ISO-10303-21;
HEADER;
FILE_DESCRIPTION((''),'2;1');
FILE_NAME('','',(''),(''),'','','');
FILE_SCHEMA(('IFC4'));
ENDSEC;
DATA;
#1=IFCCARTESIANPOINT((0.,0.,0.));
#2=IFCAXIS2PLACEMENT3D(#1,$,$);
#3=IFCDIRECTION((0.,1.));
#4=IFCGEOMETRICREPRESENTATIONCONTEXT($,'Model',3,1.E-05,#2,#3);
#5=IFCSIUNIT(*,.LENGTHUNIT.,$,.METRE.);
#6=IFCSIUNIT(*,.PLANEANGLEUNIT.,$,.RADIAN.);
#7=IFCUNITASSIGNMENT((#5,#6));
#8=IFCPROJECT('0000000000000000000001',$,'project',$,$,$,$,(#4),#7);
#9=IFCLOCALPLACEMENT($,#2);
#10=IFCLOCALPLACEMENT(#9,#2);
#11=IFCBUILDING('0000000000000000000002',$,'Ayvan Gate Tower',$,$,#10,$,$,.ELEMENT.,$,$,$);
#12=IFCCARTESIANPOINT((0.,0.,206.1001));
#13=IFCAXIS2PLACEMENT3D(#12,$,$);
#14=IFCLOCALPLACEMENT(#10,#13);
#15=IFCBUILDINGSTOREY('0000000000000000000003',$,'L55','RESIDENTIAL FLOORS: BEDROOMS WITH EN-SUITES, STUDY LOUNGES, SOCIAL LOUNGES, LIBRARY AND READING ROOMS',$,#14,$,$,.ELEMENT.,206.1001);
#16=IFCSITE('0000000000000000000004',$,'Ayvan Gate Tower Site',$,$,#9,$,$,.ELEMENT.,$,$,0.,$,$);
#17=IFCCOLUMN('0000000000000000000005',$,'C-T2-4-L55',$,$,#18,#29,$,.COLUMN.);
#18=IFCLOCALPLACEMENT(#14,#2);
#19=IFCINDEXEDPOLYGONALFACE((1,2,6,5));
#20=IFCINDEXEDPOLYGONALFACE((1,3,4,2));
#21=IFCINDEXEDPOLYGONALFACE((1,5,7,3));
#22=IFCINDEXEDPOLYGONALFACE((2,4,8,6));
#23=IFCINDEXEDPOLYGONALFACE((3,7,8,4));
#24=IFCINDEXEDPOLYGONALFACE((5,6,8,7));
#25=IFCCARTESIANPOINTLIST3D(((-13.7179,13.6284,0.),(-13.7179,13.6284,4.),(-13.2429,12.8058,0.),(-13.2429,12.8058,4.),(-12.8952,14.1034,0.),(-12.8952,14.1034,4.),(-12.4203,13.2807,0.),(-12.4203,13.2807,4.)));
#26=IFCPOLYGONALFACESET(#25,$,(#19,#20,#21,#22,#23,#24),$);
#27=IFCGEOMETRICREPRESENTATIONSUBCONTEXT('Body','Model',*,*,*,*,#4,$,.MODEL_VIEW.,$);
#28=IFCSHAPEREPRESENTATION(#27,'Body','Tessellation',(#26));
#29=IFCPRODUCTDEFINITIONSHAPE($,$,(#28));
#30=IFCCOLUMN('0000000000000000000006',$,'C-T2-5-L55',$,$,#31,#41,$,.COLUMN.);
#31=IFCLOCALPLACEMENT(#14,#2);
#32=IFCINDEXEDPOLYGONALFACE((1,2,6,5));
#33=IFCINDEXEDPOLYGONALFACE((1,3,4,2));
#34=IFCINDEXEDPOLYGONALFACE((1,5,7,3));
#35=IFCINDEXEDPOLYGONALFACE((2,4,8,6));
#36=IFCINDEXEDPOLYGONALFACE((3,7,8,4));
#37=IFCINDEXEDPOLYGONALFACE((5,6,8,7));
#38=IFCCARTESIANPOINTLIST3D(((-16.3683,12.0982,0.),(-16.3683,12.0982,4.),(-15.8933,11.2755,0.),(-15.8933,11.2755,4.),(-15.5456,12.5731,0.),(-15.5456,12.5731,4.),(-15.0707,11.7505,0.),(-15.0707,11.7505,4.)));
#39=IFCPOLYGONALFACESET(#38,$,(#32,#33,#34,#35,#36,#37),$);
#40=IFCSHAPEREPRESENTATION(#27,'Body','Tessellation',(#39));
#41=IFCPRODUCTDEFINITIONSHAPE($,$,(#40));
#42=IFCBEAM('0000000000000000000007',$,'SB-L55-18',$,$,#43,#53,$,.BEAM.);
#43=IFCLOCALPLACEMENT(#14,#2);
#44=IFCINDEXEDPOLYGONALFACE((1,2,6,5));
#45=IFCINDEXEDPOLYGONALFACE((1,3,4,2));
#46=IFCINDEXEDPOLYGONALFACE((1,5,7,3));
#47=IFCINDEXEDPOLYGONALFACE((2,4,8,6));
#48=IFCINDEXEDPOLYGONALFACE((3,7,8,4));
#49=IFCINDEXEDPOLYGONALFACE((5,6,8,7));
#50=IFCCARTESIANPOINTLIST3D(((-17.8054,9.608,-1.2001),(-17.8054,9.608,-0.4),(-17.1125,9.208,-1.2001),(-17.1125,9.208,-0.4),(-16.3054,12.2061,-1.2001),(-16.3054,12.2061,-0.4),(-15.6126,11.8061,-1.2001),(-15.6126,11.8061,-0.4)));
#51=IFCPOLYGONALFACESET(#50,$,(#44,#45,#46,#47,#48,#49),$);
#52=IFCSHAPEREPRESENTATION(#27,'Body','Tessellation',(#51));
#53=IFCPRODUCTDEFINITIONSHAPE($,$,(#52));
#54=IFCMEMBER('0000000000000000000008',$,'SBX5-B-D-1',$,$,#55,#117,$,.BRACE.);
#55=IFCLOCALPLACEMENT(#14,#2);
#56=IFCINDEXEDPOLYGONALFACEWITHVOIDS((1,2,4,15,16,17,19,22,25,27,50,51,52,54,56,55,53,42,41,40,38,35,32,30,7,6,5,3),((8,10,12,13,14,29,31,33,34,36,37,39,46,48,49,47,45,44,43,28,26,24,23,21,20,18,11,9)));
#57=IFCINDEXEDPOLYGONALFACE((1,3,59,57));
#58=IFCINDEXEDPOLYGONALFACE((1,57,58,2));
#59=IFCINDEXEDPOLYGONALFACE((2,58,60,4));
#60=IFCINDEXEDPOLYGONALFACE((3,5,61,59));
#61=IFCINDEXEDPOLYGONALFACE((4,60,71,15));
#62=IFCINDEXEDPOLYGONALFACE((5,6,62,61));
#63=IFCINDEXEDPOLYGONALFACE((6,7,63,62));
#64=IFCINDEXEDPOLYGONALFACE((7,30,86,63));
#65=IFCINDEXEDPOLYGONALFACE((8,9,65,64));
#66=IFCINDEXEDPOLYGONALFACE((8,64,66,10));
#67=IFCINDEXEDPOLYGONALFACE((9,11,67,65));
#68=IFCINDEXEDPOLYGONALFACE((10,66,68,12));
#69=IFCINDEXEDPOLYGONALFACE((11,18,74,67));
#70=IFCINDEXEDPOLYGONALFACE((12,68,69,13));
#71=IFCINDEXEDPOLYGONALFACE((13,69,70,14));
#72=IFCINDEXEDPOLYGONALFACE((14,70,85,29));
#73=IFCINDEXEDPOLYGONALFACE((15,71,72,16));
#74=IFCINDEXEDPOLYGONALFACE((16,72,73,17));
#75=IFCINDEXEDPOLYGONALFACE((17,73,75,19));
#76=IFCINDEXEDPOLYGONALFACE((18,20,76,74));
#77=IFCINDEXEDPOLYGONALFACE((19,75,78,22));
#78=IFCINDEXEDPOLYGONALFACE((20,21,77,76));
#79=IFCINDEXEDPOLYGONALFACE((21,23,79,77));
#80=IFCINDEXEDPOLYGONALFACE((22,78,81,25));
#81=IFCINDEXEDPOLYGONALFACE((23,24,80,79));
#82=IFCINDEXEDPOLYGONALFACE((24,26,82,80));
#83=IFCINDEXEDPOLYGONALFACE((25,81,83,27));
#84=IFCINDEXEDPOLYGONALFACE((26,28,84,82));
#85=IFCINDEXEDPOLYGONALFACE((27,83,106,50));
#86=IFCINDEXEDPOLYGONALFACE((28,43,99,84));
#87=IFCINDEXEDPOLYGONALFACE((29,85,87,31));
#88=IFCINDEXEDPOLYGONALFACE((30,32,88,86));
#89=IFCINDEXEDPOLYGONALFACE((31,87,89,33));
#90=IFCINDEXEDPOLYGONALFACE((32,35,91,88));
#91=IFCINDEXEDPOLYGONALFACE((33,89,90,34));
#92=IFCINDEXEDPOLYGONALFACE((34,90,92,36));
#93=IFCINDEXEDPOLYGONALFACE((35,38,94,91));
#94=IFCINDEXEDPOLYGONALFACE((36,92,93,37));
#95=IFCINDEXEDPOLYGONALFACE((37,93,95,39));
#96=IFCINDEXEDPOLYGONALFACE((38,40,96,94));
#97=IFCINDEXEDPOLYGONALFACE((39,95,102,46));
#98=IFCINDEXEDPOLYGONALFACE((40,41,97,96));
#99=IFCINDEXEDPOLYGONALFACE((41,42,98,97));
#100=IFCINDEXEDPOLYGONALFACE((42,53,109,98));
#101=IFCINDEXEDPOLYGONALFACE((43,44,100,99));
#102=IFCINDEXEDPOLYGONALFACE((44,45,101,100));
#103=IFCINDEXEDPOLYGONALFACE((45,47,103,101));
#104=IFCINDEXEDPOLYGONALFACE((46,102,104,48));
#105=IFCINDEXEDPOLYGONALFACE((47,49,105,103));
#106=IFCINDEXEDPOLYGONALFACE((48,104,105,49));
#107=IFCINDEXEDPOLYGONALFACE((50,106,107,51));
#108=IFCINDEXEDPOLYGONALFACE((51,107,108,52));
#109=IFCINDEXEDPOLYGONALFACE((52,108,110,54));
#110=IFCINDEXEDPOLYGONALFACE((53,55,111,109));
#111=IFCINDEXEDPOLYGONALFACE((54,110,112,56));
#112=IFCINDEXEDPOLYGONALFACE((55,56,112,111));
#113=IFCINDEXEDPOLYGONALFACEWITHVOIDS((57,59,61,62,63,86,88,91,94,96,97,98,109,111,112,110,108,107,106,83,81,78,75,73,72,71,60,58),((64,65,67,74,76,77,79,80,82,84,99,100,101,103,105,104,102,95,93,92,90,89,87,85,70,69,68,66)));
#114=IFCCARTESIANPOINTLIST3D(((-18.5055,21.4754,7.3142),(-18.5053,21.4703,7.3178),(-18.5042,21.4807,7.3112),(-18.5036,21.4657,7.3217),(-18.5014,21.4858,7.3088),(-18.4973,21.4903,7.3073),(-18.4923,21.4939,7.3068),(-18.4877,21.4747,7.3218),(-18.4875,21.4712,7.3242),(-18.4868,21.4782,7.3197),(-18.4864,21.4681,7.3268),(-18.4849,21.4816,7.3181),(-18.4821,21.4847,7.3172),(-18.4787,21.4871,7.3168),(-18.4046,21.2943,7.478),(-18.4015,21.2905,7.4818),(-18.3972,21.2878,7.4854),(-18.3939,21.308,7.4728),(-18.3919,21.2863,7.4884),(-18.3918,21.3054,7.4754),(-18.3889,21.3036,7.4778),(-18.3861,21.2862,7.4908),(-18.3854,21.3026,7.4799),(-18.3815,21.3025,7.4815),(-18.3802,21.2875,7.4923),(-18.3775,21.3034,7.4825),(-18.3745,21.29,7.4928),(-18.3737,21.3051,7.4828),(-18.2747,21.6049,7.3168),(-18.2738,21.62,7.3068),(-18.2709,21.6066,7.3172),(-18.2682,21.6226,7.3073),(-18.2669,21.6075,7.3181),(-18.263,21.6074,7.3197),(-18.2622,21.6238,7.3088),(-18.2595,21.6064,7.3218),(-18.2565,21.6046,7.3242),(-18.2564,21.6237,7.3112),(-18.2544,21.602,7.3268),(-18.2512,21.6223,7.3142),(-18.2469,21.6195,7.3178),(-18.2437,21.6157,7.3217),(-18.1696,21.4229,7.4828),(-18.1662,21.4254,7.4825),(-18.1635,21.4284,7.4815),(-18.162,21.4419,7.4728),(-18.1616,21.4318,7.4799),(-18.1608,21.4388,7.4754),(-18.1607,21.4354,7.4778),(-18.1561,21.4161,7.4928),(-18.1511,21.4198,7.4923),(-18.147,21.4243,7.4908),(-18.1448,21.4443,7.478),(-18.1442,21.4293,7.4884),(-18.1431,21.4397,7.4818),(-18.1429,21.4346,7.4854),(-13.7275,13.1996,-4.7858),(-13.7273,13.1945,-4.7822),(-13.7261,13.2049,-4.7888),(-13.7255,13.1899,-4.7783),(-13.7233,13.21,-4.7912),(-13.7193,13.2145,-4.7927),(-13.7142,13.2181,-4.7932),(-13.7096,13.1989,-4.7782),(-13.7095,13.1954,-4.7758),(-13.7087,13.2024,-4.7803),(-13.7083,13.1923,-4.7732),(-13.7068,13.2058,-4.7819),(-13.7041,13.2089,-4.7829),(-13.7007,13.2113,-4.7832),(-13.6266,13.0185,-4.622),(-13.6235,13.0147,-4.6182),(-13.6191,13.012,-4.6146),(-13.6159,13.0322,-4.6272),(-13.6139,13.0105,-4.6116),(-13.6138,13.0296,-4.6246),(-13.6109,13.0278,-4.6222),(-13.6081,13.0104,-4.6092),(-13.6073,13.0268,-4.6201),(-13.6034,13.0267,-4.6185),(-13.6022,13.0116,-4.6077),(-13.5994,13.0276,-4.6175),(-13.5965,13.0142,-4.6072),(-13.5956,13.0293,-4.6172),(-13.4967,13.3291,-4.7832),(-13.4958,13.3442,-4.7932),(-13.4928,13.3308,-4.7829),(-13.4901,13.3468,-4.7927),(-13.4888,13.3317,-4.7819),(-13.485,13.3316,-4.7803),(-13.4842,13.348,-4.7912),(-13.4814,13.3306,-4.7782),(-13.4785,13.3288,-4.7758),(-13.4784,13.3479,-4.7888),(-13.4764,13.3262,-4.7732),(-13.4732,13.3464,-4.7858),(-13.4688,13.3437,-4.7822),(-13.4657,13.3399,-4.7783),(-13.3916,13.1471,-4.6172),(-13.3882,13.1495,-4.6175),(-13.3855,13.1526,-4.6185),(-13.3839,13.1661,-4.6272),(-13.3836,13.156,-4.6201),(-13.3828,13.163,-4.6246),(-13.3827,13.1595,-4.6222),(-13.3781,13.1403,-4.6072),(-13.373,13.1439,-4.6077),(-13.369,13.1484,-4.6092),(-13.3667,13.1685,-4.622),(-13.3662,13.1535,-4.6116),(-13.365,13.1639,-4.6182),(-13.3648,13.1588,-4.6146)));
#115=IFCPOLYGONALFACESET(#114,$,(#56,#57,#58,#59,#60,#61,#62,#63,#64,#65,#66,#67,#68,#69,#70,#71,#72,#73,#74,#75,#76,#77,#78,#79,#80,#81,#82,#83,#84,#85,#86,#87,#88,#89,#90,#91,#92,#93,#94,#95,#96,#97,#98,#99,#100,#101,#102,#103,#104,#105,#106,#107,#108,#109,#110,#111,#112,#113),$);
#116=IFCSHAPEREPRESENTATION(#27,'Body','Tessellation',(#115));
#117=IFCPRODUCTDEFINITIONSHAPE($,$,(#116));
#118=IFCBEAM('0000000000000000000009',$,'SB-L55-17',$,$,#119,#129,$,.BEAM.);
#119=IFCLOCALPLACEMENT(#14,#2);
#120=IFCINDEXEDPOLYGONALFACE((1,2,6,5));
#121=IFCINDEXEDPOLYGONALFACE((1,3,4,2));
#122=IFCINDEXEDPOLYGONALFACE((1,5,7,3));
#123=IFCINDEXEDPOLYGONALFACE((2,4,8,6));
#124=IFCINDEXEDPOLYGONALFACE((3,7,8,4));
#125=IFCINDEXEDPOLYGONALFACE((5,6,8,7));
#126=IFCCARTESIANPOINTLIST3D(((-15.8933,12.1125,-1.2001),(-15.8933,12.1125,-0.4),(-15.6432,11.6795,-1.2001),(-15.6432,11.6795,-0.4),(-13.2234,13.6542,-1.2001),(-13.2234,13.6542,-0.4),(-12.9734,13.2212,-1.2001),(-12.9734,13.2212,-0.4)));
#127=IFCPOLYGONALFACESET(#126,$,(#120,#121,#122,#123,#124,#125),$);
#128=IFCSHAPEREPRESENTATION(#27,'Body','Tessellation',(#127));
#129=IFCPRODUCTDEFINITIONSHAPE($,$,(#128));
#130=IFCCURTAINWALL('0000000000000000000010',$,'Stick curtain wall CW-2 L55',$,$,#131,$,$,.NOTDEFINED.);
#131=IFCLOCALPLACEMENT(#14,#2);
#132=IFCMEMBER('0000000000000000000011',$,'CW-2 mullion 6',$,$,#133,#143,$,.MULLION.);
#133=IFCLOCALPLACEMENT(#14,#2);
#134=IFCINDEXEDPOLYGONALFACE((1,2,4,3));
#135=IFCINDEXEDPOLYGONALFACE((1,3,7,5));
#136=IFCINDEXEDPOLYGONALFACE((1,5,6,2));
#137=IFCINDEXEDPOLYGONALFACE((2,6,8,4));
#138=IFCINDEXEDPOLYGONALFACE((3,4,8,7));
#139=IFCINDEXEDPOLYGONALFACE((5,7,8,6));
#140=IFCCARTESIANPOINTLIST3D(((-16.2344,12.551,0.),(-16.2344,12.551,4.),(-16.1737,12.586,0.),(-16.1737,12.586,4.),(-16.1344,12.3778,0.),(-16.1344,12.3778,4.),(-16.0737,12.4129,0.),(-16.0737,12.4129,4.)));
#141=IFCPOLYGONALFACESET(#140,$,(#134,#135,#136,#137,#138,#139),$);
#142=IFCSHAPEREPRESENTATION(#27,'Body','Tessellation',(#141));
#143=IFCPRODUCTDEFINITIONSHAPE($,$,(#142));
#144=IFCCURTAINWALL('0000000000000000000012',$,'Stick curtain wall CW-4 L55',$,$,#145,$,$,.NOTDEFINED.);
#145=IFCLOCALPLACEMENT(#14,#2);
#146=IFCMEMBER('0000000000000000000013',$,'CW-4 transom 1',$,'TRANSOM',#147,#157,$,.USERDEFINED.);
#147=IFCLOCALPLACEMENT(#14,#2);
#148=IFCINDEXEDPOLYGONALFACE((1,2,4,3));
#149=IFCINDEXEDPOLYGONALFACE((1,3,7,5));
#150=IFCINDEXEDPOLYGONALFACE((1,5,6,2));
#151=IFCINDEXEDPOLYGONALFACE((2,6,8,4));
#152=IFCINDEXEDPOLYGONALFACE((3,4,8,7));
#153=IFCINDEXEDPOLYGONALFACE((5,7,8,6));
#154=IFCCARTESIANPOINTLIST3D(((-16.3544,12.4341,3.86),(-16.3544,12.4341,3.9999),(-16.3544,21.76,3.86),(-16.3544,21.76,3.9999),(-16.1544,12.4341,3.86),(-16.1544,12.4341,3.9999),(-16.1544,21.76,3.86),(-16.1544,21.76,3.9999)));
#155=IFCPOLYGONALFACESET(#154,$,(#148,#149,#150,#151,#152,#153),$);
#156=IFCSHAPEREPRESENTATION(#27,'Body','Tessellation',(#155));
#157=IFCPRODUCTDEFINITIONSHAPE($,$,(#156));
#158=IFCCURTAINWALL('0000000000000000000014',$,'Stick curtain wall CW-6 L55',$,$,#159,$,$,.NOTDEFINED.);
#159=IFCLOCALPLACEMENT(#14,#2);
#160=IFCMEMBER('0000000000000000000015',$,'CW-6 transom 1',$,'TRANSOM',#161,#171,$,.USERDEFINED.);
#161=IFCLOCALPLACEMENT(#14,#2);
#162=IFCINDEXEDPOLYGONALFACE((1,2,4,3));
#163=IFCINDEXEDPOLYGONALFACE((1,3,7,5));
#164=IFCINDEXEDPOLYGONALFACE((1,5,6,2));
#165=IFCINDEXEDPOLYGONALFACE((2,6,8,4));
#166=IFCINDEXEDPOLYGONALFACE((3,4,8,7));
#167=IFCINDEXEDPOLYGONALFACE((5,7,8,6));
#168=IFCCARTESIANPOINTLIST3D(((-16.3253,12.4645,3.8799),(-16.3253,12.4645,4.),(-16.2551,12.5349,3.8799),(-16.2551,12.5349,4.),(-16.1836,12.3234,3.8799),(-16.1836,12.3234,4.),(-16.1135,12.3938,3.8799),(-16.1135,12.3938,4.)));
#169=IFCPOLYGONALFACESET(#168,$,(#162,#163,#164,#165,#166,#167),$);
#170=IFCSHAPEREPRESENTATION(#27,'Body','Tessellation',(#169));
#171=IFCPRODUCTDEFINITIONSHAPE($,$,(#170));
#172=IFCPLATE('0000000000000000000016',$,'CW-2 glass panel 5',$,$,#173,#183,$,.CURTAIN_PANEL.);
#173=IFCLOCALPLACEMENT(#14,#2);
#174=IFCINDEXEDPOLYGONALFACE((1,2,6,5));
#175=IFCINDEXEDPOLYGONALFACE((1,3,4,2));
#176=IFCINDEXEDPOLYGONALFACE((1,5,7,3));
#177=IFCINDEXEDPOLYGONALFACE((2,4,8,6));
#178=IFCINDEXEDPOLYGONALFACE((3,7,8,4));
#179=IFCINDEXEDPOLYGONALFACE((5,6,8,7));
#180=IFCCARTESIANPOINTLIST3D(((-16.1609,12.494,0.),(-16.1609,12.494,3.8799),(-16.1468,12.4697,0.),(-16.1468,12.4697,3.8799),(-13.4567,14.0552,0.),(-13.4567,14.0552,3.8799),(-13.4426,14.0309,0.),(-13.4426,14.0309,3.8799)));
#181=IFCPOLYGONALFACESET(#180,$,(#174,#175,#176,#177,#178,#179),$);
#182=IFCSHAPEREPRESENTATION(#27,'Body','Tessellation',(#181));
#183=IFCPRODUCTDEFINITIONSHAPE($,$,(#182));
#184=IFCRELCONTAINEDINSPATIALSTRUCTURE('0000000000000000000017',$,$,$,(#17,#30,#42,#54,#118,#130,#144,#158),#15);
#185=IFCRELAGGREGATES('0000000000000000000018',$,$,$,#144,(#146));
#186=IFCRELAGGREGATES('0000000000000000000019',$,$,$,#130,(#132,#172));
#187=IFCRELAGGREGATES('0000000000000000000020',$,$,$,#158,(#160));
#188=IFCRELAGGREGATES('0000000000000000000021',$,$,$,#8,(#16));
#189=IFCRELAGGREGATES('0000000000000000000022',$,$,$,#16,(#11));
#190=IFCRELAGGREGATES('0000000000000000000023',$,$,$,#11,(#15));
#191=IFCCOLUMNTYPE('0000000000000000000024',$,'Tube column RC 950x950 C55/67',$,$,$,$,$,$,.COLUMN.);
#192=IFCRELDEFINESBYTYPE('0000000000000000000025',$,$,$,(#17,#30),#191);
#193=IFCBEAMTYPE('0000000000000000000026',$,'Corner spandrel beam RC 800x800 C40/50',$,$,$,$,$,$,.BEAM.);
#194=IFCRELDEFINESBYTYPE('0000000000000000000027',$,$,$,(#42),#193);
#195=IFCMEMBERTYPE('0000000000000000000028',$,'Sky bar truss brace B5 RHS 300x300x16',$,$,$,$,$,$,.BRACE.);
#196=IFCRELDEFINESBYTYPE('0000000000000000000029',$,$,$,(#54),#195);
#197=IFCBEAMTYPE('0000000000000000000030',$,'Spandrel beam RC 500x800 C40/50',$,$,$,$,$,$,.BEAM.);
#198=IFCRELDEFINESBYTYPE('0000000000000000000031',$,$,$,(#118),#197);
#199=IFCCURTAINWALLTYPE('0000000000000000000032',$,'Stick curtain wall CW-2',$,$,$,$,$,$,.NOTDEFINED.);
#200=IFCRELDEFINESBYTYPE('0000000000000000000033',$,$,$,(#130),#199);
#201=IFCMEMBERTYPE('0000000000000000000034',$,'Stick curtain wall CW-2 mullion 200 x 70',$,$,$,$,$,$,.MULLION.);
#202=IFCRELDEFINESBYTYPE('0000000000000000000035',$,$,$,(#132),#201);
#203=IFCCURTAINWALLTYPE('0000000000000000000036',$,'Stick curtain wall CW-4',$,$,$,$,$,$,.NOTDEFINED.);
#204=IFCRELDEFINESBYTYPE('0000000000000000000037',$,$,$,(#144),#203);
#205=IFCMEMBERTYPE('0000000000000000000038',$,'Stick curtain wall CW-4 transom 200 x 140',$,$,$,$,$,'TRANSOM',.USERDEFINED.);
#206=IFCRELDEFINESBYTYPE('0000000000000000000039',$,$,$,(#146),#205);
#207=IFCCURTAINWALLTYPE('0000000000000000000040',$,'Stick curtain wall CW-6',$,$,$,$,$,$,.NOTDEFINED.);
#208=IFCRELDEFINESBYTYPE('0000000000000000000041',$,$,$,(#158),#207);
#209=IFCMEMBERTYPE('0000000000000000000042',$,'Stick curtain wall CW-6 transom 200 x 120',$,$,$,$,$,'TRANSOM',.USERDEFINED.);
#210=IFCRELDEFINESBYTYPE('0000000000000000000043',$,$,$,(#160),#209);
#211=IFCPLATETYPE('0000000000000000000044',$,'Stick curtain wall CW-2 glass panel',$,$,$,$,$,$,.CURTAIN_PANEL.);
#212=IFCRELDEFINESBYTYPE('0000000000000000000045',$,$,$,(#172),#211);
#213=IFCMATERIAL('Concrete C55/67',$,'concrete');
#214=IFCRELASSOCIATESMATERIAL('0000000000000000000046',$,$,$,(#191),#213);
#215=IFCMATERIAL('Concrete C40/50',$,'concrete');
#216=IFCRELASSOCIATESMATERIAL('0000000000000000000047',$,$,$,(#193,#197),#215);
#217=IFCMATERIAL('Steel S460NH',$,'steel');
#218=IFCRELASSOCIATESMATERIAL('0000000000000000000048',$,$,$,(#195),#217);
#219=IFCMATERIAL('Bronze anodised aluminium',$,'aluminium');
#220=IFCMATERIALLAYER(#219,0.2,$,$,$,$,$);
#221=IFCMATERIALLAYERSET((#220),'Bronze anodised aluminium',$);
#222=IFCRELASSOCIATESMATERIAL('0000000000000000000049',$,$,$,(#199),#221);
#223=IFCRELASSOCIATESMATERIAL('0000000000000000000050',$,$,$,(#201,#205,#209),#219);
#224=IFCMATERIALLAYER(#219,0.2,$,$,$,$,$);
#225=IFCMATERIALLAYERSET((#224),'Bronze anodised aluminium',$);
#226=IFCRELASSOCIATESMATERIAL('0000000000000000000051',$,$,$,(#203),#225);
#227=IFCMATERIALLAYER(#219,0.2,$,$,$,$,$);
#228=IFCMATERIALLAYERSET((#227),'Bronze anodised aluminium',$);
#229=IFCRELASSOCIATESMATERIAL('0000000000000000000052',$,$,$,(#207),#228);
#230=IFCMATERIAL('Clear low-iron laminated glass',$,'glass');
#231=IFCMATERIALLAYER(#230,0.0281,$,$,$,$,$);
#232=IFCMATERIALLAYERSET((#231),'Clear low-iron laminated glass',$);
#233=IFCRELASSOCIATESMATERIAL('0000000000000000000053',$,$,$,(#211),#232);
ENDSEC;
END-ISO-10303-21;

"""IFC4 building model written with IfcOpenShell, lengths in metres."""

from ifc_helpers import new_model, si_unit, direction, frame, origin, origin_2d, place, context, subcontext, project, spatial, rectangle, hollow_rectangle, extrude, material, layer, layer_set, material_profile, profile_set, type_object, element, aggregate, save


model = new_model("IFC4")

# Units and contexts
model_context = context("Model", 3, precision=1e-05, world=origin(), true_north=direction((0.0, 1.0)))
body_context = subcontext(model_context, "Body", "Model", "MODEL_VIEW")
ifc_project = project(units=[si_unit("LENGTHUNIT", "METRE"), si_unit("PLANEANGLEUNIT", "RADIAN")], contexts=[model_context])

# Site, building, storey
site_placement = place(None, origin())
site = spatial("IfcSite", under=ifc_project, at=site_placement, Name="Ayvan Gate Tower Site", CompositionType="ELEMENT", RefElevation=0.0)
building_placement = place(site_placement, origin())
building = spatial("IfcBuilding", under=site, at=building_placement, Name="Ayvan Gate Tower", CompositionType="ELEMENT")
storey_placement = place(building_placement, frame((0.0, 0.0, 206.1001)))
storey = spatial("IfcBuildingStorey", under=building, at=storey_placement, Name="L55", Description="RESIDENTIAL FLOORS: BEDROOMS WITH EN-SUITES, STUDY LOUNGES, SOCIAL LOUNGES, LIBRARY AND READING ROOMS", CompositionType="ELEMENT", Elevation=206.1001)

# Columns
ifc_material_1 = material(Name="Concrete C55/67", Category="concrete")
ifc_material_profile_1 = material_profile(ifc_material_1, rectangle(XDim=0.95, YDim=0.95, at=origin_2d()), Name="RC 950x950")
ifc_profile_set_1 = profile_set([ifc_material_profile_1], Name="Concrete C55/67")
column_type = type_object("IfcColumnType", Name="Tube column RC 950x950 C55/67", PredefinedType="COLUMN", material=ifc_profile_set_1)
for number, where, z_axis, x_axis, name in (
    (1, (-13.0691, 13.4546, 0.0), (0.0, 0.0, 1.0), (-0.5, 0.866025, 0.0), "C-T2-4-L55"),
    (2, (-15.7195, 11.9243, 0.0), (0.0, 0.0, 1.0), (-0.5, 0.866025, 0.0), "C-T2-5-L55"),
):
    element("IfcColumn", number, at=place(storey_placement, frame(where, z_axis=z_axis, x_axis=x_axis)), inside=storey, type_object=column_type, Name=name, PredefinedType="COLUMN", context=body_context, shape_type="SweptSolid", body=[
        extrude(rectangle(XDim=0.95, YDim=0.95, at=origin_2d()), origin(), (0.0, 0.0, 1.0), 4.0),
    ])

# Beam
ifc_material_2 = material(Name="Concrete C40/50", Category="concrete")
ifc_material_profile_2 = material_profile(ifc_material_2, rectangle(XDim=0.8, YDim=0.8, at=origin_2d()), Name="RC 800x800")
ifc_profile_set_2 = profile_set([ifc_material_profile_2], Name="Concrete C40/50")
beam_type_1 = type_object("IfcBeamType", Name="Corner spandrel beam RC 800x800 C40/50", PredefinedType="BEAM", material=ifc_profile_set_2)
beam_1_placement = place(storey_placement, frame((-15.959, 12.0061, -0.8), z_axis=(-0.49999, -0.866031, 0.0), x_axis=(0.866031, -0.49999, 0.0)))
element("IfcBeam", 3, at=beam_1_placement, inside=storey, type_object=beam_type_1, Name="SB-L55-18", PredefinedType="BEAM", context=body_context, shape_type="SweptSolid", body=[
    extrude(rectangle(XDim=0.8, YDim=0.8, at=origin_2d()), origin(), (0.0, 0.0, 1.0), 3.0),
])

# Member
ifc_material_3 = material(Name="Steel S460NH", Category="steel")
ifc_material_profile_3 = material_profile(ifc_material_3, hollow_rectangle(XDim=0.3, YDim=0.3, WallThickness=0.0161, InnerFilletRadius=0.0161, OuterFilletRadius=0.0239, at=origin_2d()), Name="RHS 300x300x16")
ifc_profile_set_3 = profile_set([ifc_material_profile_3], Name="Steel S460NH")
member_type_1 = type_object("IfcMemberType", Name="Sky bar truss brace B5 RHS 300x300x16", PredefinedType="BRACE", material=ifc_profile_set_3)
member_1_placement = place(storey_placement, frame((-13.5461, 13.1792, -4.7002), z_axis=(-0.309891, 0.536747, 0.784774), x_axis=(-0.866026, -0.5, 0.0)))
element("IfcMember", 4, at=member_1_placement, inside=storey, type_object=member_type_1, Name="SBX5-B-D-1", PredefinedType="BRACE", context=body_context, shape_type="SweptSolid", body=[
    extrude(hollow_rectangle(XDim=0.3, YDim=0.3, WallThickness=0.0161, InnerFilletRadius=0.0161, OuterFilletRadius=0.0239, at=origin_2d()), origin(), (0.0, 0.0, 1.0), 15.4185),
])

# Beam
ifc_material_profile_4 = material_profile(ifc_material_2, rectangle(XDim=0.5, YDim=0.8, at=origin_2d()), Name="RC 500x800")
ifc_profile_set_4 = profile_set([ifc_material_profile_4], Name="Concrete C40/50")
beam_type_2 = type_object("IfcBeamType", Name="Spandrel beam RC 500x800 C40/50", PredefinedType="BEAM", material=ifc_profile_set_4)
beam_2_placement = place(storey_placement, frame((-13.0984, 13.4377, -0.8), z_axis=(-0.865988, -0.500065, 0.0), x_axis=(0.500065, -0.865988, 0.0)))
element("IfcBeam", 5, at=beam_2_placement, inside=storey, type_object=beam_type_2, Name="SB-L55-17", PredefinedType="BEAM", context=body_context, shape_type="SweptSolid", body=[
    extrude(rectangle(XDim=0.5, YDim=0.8, at=origin_2d()), origin(), (0.0, 0.0, 1.0), 3.083),
])

# Curtain walls, members
ifc_material_4 = material(Name="Bronze anodised aluminium", Category="aluminium")
ifc_layer_1 = layer(ifc_material_4, 0.2)
ifc_layer_set_1 = layer_set([ifc_layer_1], Name="Bronze anodised aluminium")
curtain_wall_type_1 = type_object("IfcCurtainWallType", Name="Stick curtain wall CW-2", PredefinedType="NOTDEFINED", material=ifc_layer_set_1)
curtain_wall_1_placement = place(storey_placement, origin())
curtain_wall_1 = element("IfcCurtainWall", 6, at=curtain_wall_1_placement, inside=storey, type_object=curtain_wall_type_1, Name="Stick curtain wall CW-2 L55", PredefinedType="NOTDEFINED")
ifc_material_profile_5 = material_profile(ifc_material_4, rectangle(XDim=0.2, YDim=0.0701, at=origin_2d()), Name="Stick curtain wall CW-2 mullion 200 x 70")
ifc_profile_set_5 = profile_set([ifc_material_profile_5], Name="Bronze anodised aluminium")
member_type_2 = type_object("IfcMemberType", Name="Stick curtain wall CW-2 mullion 200 x 70", PredefinedType="MULLION", material=ifc_profile_set_5)
member_2_placement = place(storey_placement, frame((-16.1541, 12.4819, 0.0), z_axis=(0.0, 0.0, 1.0), x_axis=(-0.5, 0.866025, 0.0)))
member_2 = element("IfcMember", 7, at=member_2_placement, type_object=member_type_2, Name="CW-2 mullion 6", PredefinedType="MULLION", context=body_context, shape_type="SweptSolid", body=[
    extrude(rectangle(XDim=0.2, YDim=0.0701, at=origin_2d()), origin(), (0.0, 0.0, 1.0), 4.0),
])
ifc_layer_2 = layer(ifc_material_4, 0.2)
ifc_layer_set_2 = layer_set([ifc_layer_2], Name="Bronze anodised aluminium")
curtain_wall_type_2 = type_object("IfcCurtainWallType", Name="Stick curtain wall CW-4", PredefinedType="NOTDEFINED", material=ifc_layer_set_2)
curtain_wall_2_placement = place(storey_placement, origin())
curtain_wall_2 = element("IfcCurtainWall", 8, at=curtain_wall_2_placement, inside=storey, type_object=curtain_wall_type_2, Name="Stick curtain wall CW-4 L55", PredefinedType="NOTDEFINED")
ifc_material_profile_6 = material_profile(ifc_material_4, rectangle(XDim=0.2, YDim=0.1399, at=origin_2d()), Name="Stick curtain wall CW-4 transom 200 x 140")
ifc_profile_set_6 = profile_set([ifc_material_profile_6], Name="Bronze anodised aluminium")
member_type_3 = type_object("IfcMemberType", Name="Stick curtain wall CW-4 transom 200 x 140", ElementType="TRANSOM", PredefinedType="USERDEFINED", material=ifc_profile_set_6)
member_3_placement = place(storey_placement, frame((-16.2544, 12.4341, 3.9299), z_axis=(0.0, 1.0, 0.0), x_axis=(-1.0, 0.0, 0.0)))
member_3 = element("IfcMember", 9, at=member_3_placement, type_object=member_type_3, Name="CW-4 transom 1", ObjectType="TRANSOM", PredefinedType="USERDEFINED", context=body_context, shape_type="SweptSolid", body=[
    extrude(rectangle(XDim=0.2, YDim=0.1399, at=origin_2d()), origin(), (0.0, 0.0, 1.0), 9.3259),
])
aggregate(curtain_wall_2, [member_3])
ifc_layer_3 = layer(ifc_material_4, 0.2)
ifc_layer_set_3 = layer_set([ifc_layer_3], Name="Bronze anodised aluminium")
curtain_wall_type_3 = type_object("IfcCurtainWallType", Name="Stick curtain wall CW-6", PredefinedType="NOTDEFINED", material=ifc_layer_set_3)
curtain_wall_3_placement = place(storey_placement, origin())
curtain_wall_3 = element("IfcCurtainWall", 10, at=curtain_wall_3_placement, inside=storey, type_object=curtain_wall_type_3, Name="Stick curtain wall CW-6 L55", PredefinedType="NOTDEFINED")
ifc_material_profile_7 = material_profile(ifc_material_4, rectangle(XDim=0.2, YDim=0.1201, at=origin_2d()), Name="Stick curtain wall CW-6 transom 200 x 120")
ifc_profile_set_7 = profile_set([ifc_material_profile_7], Name="Bronze anodised aluminium")
member_type_4 = type_object("IfcMemberType", Name="Stick curtain wall CW-6 transom 200 x 120", ElementType="TRANSOM", PredefinedType="USERDEFINED", material=ifc_profile_set_7)
member_4_placement = place(storey_placement, frame((-16.1843, 12.4644, 3.9399), z_axis=(-0.705876, -0.708335, 0.0), x_axis=(0.708335, -0.705876, 0.0)))
member_4 = element("IfcMember", 11, at=member_4_placement, type_object=member_type_4, Name="CW-6 transom 1", ObjectType="TRANSOM", PredefinedType="USERDEFINED", context=body_context, shape_type="SweptSolid", body=[
    extrude(rectangle(XDim=0.2, YDim=0.1201, at=origin_2d()), origin(), (0.0, 0.0, 1.0), 0.0994),
])

# Plate
ifc_material_5 = material(Name="Clear low-iron laminated glass", Category="glass")
ifc_layer_4 = layer(ifc_material_5, 0.0281)
ifc_layer_set_4 = layer_set([ifc_layer_4], Name="Clear low-iron laminated glass")
plate_type_1 = type_object("IfcPlateType", Name="Stick curtain wall CW-2 glass panel", PredefinedType="CURTAIN_PANEL", material=ifc_layer_set_4)
plate_1_placement = place(storey_placement, frame((-14.8018, 13.2625, 0.0), z_axis=(0.0, 0.0, 1.0), x_axis=(-0.866025, -0.5, 0.0)))
plate_1 = element("IfcPlate", 12, at=plate_1_placement, type_object=plate_type_1, Name="CW-2 glass panel 5", PredefinedType="CURTAIN_PANEL", context=body_context, shape_type="SweptSolid", body=[
    extrude(rectangle(XDim=3.1226, YDim=0.0281, at=origin_2d()), origin(), (0.0, 0.0, 1.0), 3.8799),
])
aggregate(curtain_wall_1, [member_2, plate_1])
aggregate(curtain_wall_3, [member_4])

save(model, "model.ifc")
